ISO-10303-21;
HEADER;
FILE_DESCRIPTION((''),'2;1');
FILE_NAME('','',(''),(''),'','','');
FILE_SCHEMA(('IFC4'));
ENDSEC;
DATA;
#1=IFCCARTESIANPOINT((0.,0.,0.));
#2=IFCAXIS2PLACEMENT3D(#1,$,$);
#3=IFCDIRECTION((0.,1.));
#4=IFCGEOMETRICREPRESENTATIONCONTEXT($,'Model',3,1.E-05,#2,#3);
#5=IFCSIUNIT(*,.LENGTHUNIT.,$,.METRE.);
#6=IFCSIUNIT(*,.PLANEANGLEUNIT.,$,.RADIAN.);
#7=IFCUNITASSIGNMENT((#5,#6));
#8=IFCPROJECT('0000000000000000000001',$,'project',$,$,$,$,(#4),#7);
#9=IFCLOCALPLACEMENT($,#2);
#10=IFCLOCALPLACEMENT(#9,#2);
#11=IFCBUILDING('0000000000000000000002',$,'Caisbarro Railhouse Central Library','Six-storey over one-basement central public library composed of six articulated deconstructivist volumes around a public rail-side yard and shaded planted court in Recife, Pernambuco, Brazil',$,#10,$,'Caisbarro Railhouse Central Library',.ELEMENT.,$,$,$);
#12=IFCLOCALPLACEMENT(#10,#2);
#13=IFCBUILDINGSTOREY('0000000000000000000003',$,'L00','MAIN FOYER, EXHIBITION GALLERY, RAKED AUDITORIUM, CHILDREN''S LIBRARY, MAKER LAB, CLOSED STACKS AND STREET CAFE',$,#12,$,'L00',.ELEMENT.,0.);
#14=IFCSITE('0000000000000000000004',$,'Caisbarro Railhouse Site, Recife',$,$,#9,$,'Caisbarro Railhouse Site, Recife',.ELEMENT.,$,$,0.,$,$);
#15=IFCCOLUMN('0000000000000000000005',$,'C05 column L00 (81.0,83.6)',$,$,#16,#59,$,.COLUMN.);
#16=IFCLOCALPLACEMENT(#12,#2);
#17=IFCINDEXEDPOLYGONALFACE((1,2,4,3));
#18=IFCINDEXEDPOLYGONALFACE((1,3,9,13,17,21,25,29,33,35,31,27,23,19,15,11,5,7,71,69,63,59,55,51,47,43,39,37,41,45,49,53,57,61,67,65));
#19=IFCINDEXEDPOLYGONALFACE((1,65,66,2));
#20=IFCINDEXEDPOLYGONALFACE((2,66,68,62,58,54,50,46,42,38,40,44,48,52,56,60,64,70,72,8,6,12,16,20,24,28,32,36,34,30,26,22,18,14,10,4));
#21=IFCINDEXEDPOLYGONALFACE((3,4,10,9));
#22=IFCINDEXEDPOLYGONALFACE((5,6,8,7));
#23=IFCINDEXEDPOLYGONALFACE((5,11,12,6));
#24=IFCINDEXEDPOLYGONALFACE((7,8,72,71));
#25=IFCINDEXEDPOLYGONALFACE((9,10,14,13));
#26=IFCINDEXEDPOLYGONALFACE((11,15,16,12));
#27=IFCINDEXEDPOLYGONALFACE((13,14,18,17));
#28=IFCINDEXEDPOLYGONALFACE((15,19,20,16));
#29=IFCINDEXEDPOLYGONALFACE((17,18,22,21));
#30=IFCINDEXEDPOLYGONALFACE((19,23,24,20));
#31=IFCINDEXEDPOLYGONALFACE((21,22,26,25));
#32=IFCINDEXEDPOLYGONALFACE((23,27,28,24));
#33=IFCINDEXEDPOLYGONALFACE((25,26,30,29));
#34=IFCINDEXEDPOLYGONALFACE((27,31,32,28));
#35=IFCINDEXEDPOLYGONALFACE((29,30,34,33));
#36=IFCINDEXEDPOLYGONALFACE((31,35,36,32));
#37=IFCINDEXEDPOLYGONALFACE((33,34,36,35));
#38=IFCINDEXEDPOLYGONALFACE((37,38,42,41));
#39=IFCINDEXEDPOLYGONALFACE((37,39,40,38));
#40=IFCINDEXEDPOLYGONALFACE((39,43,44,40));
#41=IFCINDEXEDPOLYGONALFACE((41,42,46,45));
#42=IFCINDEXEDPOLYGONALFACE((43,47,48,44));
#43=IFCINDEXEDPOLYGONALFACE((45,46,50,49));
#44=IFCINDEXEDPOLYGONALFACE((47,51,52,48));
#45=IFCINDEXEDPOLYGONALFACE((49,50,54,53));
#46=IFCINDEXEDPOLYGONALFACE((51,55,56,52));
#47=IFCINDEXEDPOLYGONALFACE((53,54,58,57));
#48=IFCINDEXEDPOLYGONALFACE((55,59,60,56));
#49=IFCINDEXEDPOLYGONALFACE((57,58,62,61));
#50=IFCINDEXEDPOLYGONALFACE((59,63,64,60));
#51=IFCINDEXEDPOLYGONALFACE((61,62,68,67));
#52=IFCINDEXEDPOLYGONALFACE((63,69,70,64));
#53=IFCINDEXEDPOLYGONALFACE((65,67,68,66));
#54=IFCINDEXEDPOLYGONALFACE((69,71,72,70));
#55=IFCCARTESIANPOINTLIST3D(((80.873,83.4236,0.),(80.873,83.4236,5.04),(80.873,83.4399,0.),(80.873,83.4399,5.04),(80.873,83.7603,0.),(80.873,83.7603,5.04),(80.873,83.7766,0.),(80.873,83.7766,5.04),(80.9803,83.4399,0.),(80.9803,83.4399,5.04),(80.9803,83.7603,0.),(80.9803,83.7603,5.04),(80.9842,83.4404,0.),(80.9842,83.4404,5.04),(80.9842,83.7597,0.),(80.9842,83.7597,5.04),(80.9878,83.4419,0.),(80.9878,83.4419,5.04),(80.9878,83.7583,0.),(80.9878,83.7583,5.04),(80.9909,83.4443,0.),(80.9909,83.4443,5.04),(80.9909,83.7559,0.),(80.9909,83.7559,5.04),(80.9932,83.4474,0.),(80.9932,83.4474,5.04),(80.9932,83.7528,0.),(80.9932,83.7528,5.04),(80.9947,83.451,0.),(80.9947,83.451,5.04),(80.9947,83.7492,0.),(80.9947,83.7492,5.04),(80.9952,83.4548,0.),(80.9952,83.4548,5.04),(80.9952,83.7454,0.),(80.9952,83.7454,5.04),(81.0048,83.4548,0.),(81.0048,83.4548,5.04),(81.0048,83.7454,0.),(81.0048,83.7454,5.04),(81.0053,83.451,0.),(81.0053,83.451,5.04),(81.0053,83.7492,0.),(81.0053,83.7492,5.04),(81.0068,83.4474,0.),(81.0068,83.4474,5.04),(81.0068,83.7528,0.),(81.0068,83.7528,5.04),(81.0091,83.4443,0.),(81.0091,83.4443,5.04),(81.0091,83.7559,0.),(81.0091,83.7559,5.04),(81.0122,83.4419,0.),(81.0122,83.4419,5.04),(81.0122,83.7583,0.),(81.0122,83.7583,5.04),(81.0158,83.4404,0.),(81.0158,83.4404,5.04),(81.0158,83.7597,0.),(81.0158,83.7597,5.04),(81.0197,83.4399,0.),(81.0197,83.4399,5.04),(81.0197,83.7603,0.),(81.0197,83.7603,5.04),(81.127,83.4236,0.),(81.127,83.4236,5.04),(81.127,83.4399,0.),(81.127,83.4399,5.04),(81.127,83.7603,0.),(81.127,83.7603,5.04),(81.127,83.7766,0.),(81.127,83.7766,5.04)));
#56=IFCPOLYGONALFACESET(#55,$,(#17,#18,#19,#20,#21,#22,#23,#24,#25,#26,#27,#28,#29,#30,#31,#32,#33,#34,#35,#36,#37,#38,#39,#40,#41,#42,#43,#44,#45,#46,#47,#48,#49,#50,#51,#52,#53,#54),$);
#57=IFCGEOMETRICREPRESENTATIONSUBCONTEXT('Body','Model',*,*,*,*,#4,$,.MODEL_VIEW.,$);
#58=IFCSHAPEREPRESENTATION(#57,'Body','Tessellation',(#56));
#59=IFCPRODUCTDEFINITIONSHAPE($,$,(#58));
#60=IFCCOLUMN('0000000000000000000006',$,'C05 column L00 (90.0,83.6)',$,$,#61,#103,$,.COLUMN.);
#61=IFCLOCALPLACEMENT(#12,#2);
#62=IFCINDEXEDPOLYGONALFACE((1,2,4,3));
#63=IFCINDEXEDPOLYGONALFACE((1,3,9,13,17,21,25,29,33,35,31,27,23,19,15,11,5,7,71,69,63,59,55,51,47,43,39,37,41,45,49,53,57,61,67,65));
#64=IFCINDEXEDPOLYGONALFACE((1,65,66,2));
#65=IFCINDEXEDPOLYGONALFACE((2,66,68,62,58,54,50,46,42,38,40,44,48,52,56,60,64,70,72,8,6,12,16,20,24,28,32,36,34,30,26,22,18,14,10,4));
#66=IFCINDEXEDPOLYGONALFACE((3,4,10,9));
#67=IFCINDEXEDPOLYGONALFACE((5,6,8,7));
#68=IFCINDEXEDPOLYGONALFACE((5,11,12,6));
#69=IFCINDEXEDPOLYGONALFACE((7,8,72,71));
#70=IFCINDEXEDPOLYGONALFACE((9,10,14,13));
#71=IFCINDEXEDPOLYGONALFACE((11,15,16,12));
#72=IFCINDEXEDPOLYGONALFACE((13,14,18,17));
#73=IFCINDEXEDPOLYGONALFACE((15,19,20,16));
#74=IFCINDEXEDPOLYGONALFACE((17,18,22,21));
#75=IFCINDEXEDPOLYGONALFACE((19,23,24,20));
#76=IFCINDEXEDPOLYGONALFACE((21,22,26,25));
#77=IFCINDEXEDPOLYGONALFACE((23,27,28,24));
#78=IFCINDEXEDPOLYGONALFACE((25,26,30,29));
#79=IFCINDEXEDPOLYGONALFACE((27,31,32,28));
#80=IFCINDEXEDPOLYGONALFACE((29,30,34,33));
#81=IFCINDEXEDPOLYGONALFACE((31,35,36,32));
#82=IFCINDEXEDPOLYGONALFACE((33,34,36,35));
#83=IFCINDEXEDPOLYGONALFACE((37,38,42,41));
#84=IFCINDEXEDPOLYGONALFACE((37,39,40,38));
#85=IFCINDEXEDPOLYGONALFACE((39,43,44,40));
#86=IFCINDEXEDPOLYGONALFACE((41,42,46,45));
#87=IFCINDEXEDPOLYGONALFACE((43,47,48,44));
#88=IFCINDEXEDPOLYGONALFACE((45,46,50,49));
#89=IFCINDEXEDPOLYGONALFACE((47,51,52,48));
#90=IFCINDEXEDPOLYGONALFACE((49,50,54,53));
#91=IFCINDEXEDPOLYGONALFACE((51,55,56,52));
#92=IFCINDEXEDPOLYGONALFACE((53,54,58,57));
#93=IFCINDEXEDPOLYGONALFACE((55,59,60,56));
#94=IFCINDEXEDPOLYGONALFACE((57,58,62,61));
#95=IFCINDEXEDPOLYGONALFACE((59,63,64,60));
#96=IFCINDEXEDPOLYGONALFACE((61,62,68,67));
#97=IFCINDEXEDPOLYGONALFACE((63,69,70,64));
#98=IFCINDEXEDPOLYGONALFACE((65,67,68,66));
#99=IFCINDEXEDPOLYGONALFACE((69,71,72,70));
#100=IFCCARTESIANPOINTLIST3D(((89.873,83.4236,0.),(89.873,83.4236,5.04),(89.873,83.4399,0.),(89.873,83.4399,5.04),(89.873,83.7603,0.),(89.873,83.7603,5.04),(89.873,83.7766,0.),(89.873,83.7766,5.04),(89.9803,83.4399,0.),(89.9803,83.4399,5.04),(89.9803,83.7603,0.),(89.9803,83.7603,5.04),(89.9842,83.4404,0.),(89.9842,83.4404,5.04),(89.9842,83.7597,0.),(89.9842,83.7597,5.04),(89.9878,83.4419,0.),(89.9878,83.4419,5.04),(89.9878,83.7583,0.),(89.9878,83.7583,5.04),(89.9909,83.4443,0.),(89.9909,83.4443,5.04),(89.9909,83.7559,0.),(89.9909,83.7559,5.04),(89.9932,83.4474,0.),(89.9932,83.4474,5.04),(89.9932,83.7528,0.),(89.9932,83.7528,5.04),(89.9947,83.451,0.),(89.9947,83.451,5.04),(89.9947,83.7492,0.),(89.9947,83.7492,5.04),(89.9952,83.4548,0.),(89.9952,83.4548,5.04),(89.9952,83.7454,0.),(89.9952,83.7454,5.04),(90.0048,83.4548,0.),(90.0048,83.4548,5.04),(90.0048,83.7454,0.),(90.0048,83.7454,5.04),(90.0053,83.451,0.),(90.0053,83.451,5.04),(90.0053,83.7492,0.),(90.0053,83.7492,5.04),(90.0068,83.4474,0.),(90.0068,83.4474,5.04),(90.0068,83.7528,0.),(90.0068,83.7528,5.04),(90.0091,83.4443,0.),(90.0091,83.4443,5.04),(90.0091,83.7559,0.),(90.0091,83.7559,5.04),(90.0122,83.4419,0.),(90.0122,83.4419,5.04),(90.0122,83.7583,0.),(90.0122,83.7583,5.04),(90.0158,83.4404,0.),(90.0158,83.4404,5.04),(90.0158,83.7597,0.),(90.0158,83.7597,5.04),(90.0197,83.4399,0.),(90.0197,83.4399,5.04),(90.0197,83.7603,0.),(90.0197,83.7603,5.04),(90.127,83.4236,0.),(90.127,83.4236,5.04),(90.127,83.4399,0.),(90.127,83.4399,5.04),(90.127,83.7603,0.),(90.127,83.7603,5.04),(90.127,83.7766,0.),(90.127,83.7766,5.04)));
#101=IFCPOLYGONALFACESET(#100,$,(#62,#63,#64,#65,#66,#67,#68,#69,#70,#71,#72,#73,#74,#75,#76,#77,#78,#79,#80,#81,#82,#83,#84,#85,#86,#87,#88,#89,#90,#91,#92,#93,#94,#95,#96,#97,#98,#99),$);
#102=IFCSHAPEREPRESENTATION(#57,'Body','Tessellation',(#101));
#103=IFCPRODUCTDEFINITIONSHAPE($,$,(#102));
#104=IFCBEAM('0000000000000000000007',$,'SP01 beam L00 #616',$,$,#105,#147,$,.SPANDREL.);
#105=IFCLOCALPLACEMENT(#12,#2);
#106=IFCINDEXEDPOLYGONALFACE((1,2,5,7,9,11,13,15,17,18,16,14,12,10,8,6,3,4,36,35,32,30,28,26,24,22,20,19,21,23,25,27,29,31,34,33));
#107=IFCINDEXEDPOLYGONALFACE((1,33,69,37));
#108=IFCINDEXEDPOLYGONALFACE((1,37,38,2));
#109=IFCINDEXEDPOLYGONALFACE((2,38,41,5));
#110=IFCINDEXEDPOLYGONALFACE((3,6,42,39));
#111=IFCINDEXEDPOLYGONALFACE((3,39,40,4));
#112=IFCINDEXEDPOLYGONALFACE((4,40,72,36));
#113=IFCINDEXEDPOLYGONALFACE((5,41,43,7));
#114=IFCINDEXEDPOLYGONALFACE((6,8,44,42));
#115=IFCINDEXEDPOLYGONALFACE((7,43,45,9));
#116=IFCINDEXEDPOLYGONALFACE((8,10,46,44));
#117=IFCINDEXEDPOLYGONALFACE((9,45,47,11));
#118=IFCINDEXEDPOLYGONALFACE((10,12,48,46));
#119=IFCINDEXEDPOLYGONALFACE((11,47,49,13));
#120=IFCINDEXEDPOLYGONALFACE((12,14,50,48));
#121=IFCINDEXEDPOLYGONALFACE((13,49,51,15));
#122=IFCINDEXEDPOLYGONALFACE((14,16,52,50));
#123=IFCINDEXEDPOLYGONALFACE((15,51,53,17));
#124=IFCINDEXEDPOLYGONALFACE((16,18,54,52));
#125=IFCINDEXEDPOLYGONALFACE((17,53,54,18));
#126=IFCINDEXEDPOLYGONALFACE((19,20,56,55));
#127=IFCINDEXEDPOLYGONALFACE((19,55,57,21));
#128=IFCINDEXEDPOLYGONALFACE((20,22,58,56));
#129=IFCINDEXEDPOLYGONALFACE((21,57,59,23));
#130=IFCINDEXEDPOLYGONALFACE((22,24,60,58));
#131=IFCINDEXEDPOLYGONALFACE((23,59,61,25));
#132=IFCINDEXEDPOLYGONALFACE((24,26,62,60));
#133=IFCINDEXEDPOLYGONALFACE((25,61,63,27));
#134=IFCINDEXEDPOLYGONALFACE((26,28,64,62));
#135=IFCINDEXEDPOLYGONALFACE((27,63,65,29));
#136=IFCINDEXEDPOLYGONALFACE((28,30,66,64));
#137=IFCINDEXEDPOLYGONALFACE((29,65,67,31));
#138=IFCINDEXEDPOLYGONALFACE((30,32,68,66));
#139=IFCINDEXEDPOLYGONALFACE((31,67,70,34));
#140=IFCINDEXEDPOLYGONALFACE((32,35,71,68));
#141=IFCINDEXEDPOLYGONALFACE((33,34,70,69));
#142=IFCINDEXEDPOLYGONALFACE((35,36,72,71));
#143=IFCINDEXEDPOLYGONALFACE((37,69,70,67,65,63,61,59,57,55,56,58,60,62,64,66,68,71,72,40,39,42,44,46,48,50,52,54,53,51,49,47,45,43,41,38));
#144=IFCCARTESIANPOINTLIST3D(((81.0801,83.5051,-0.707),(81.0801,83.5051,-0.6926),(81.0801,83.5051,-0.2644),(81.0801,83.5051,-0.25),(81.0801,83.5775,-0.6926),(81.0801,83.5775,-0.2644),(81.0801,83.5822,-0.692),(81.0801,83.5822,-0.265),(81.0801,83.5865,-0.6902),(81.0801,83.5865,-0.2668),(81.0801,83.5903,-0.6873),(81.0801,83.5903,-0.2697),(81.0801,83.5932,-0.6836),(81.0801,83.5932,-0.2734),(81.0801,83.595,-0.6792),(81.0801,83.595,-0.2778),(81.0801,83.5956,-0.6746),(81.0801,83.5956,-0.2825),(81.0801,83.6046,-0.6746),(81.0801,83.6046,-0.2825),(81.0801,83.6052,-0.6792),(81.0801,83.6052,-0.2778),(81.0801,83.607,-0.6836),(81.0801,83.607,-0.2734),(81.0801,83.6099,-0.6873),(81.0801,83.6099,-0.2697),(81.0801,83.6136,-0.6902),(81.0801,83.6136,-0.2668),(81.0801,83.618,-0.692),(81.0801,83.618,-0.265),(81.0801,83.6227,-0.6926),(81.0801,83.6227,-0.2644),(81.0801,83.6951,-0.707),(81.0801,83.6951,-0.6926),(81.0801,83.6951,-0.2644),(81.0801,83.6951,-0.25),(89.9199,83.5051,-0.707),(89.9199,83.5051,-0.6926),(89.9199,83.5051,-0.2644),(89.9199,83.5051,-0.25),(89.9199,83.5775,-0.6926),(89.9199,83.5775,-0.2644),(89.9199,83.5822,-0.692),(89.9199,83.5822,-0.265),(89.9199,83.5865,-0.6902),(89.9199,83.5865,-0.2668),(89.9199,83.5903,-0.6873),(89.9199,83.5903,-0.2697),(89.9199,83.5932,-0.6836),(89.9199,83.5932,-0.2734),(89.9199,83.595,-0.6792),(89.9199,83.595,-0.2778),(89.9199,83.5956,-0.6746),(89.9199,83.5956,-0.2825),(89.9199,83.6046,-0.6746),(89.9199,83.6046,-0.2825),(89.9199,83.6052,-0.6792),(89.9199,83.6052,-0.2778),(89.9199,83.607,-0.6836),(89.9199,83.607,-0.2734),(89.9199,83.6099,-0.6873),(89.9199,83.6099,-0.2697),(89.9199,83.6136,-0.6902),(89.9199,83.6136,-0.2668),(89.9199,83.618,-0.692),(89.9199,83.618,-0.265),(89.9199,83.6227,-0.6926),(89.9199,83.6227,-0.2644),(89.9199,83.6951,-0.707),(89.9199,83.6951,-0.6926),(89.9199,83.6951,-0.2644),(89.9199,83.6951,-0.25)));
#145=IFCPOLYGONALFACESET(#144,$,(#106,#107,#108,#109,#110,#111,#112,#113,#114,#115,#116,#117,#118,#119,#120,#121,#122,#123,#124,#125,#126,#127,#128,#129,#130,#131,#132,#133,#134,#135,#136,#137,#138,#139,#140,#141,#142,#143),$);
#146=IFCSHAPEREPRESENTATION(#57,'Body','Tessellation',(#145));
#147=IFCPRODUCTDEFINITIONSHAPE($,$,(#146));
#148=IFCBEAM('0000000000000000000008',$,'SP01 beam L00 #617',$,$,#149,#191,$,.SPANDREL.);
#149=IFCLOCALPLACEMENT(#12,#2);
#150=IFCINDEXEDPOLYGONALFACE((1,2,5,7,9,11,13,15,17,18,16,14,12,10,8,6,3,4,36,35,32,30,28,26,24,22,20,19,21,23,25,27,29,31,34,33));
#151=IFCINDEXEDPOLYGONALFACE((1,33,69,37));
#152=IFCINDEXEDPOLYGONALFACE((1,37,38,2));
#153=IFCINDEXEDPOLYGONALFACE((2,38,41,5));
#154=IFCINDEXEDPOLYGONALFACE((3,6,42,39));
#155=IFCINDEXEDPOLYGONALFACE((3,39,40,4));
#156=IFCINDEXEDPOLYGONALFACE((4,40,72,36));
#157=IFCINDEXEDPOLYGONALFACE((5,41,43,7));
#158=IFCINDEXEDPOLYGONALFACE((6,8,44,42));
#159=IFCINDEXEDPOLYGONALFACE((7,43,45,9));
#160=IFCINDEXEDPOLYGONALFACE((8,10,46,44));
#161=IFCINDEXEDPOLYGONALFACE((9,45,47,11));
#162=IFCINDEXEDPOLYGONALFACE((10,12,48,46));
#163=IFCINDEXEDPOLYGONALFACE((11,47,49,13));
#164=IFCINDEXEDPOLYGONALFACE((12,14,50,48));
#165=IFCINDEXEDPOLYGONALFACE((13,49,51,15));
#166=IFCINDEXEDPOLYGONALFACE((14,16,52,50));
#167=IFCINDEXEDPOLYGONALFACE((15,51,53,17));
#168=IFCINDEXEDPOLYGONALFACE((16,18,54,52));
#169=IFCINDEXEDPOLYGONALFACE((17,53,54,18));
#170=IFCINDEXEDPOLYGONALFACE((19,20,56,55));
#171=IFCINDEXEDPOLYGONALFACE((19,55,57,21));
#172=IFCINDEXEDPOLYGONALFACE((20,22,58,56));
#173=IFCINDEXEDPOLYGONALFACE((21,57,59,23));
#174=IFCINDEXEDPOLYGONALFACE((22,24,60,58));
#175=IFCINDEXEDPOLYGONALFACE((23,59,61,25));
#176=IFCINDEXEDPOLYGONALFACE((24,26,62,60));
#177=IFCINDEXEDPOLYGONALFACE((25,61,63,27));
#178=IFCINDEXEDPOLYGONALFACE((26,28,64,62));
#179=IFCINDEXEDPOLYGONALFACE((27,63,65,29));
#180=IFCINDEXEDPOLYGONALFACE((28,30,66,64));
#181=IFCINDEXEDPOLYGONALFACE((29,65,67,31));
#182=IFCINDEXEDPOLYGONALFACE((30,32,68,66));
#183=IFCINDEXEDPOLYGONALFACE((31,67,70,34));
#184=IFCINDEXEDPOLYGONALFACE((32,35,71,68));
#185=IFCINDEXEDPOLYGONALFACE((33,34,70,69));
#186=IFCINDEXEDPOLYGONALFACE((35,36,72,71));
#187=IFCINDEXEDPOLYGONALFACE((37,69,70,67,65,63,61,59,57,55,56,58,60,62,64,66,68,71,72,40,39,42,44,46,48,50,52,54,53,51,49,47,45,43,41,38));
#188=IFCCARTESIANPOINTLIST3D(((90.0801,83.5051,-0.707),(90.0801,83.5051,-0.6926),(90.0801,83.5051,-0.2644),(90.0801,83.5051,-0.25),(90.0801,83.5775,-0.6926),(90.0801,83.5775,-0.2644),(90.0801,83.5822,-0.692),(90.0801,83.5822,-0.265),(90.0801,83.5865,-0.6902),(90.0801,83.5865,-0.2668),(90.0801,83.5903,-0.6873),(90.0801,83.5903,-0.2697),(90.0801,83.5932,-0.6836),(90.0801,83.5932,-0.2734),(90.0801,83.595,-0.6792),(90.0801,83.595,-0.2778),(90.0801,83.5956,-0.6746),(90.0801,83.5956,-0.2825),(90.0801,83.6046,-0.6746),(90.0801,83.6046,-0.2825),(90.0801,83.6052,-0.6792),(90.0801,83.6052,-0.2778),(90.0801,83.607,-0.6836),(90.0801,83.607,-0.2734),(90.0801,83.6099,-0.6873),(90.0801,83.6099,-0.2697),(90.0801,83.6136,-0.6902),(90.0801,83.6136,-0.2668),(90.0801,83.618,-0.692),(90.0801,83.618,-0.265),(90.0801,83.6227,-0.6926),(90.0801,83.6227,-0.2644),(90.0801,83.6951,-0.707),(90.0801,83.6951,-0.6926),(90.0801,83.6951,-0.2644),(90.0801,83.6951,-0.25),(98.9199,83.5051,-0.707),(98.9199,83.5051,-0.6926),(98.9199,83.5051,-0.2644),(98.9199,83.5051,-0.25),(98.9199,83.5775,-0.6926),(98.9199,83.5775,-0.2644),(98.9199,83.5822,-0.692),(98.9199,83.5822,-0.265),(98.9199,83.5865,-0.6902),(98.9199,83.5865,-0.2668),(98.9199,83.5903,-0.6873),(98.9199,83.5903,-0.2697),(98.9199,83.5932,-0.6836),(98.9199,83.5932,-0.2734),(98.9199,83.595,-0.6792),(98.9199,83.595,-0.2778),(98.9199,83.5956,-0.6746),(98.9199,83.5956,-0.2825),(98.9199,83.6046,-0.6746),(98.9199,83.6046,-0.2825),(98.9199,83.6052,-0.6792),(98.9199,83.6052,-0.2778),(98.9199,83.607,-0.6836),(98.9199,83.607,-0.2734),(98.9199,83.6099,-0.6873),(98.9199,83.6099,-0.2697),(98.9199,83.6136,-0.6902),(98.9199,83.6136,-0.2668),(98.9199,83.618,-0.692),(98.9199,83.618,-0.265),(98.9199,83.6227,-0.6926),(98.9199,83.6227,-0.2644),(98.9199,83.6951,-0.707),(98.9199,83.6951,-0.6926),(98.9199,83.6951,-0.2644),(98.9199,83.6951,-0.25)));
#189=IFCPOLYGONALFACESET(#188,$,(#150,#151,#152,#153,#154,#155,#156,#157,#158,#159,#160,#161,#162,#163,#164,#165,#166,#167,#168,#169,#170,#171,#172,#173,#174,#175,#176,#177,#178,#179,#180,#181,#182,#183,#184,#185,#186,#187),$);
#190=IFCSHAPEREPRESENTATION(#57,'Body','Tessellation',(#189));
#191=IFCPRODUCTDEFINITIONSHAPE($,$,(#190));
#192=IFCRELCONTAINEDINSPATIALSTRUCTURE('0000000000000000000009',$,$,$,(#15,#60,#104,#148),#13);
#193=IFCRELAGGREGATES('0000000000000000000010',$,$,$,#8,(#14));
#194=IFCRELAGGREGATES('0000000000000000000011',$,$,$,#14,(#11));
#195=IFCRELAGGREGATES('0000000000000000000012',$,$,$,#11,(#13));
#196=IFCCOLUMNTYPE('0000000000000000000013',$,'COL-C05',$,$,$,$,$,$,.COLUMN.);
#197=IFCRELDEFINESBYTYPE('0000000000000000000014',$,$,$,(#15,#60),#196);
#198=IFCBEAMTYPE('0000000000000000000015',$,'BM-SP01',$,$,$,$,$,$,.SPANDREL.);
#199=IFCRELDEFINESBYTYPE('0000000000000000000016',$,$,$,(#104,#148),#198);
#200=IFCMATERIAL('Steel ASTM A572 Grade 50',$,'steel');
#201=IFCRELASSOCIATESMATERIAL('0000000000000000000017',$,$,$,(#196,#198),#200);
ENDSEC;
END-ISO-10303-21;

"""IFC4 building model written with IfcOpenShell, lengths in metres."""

from ifc_helpers import new_model, si_unit, direction, frame, origin, origin_2d, place, context, subcontext, project, spatial, i_section, extrude, material, material_profile, profile_set, type_object, element, save


model = new_model("IFC4")

# Units and contexts
model_context = context("Model", 3, precision=1e-05, world=origin(), true_north=direction((0.0, 1.0)))
body_context = subcontext(model_context, "Body", "Model", "MODEL_VIEW")
ifc_project = project(units=[si_unit("LENGTHUNIT", "METRE"), si_unit("PLANEANGLEUNIT", "RADIAN")], contexts=[model_context])

# Site, building, storey
site_placement = place(None, origin())
site = spatial("IfcSite", under=ifc_project, at=site_placement, Name="Caisbarro Railhouse Site, Recife", LongName="Caisbarro Railhouse Site, Recife", CompositionType="ELEMENT", RefElevation=0.0)
building_placement = place(site_placement, origin())
building = spatial("IfcBuilding", under=site, at=building_placement, Name="Caisbarro Railhouse Central Library", Description="Six-storey over one-basement central public library composed of six articulated deconstructivist volumes around a public rail-side yard and shaded planted court in Recife, Pernambuco, Brazil", LongName="Caisbarro Railhouse Central Library", CompositionType="ELEMENT")
storey_placement = place(building_placement, origin())
storey = spatial("IfcBuildingStorey", under=building, at=storey_placement, Name="L00", Description="MAIN FOYER, EXHIBITION GALLERY, RAKED AUDITORIUM, CHILDREN'S LIBRARY, MAKER LAB, CLOSED STACKS AND STREET CAFE", LongName="L00", CompositionType="ELEMENT", Elevation=0.0)

# Columns
ifc_material_1 = material(Name="Steel ASTM A572 Grade 50", Category="steel")
ifc_material_profile_1 = material_profile(ifc_material_1, i_section(OverallWidth=0.2539, OverallDepth=0.353, WebThickness=0.0095, FlangeThickness=0.0164, FilletRadius=0.0149, at=origin_2d()), Name="W360X91.0")
ifc_profile_set_1 = profile_set([ifc_material_profile_1], Name="Steel ASTM A572 Grade 50")
column_type = type_object("IfcColumnType", Name="COL-C05", PredefinedType="COLUMN", material=ifc_profile_set_1)
for number, where, z_axis, x_axis, name in (
    (1, (81.0, 83.6001, 0.0), (0.0, 0.0, 1.0), (1.0, 0.0, 0.0), "C05 column L00 (81.0,83.6)"),
    (2, (90.0, 83.6001, 0.0), (0.0, 0.0, 1.0), (1.0, 0.0, 0.0), "C05 column L00 (90.0,83.6)"),
):
    element("IfcColumn", number, at=place(storey_placement, frame(where, z_axis=z_axis, x_axis=x_axis)), inside=storey, type_object=column_type, Name=name, PredefinedType="COLUMN", context=body_context, shape_type="SweptSolid", body=[
        extrude(i_section(OverallWidth=0.2539, OverallDepth=0.353, WebThickness=0.0095, FlangeThickness=0.0164, FilletRadius=0.0149, at=origin_2d()), origin(), (0.0, 0.0, 1.0), 5.04),
    ])

# Beams
ifc_material_profile_2 = material_profile(ifc_material_1, i_section(OverallWidth=0.1899, OverallDepth=0.457, WebThickness=0.009, FlangeThickness=0.0144, FilletRadius=0.0181, at=origin_2d()), Name="W460X74.0")
ifc_profile_set_2 = profile_set([ifc_material_profile_2], Name="Steel ASTM A572 Grade 50")
beam_type = type_object("IfcBeamType", Name="BM-SP01", PredefinedType="SPANDREL", material=ifc_profile_set_2)
for number, where, z_axis, x_axis, name in (
    (3, (81.0801, 83.6001, -0.4785), (1.0, 0.0, 0.0), (0.0, 1.0, 0.0), "SP01 beam L00 #616"),
    (4, (90.0801, 83.6001, -0.4785), (1.0, 0.0, 0.0), (0.0, 1.0, 0.0), "SP01 beam L00 #617"),
):
    element("IfcBeam", number, at=place(storey_placement, frame(where, z_axis=z_axis, x_axis=x_axis)), inside=storey, type_object=beam_type, Name=name, PredefinedType="SPANDREL", context=body_context, shape_type="SweptSolid", body=[
        extrude(i_section(OverallWidth=0.1899, OverallDepth=0.457, WebThickness=0.009, FlangeThickness=0.0144, FilletRadius=0.0181, at=origin_2d()), origin(), (0.0, 0.0, 1.0), 8.8398),
    ])

save(model, "model.ifc")
